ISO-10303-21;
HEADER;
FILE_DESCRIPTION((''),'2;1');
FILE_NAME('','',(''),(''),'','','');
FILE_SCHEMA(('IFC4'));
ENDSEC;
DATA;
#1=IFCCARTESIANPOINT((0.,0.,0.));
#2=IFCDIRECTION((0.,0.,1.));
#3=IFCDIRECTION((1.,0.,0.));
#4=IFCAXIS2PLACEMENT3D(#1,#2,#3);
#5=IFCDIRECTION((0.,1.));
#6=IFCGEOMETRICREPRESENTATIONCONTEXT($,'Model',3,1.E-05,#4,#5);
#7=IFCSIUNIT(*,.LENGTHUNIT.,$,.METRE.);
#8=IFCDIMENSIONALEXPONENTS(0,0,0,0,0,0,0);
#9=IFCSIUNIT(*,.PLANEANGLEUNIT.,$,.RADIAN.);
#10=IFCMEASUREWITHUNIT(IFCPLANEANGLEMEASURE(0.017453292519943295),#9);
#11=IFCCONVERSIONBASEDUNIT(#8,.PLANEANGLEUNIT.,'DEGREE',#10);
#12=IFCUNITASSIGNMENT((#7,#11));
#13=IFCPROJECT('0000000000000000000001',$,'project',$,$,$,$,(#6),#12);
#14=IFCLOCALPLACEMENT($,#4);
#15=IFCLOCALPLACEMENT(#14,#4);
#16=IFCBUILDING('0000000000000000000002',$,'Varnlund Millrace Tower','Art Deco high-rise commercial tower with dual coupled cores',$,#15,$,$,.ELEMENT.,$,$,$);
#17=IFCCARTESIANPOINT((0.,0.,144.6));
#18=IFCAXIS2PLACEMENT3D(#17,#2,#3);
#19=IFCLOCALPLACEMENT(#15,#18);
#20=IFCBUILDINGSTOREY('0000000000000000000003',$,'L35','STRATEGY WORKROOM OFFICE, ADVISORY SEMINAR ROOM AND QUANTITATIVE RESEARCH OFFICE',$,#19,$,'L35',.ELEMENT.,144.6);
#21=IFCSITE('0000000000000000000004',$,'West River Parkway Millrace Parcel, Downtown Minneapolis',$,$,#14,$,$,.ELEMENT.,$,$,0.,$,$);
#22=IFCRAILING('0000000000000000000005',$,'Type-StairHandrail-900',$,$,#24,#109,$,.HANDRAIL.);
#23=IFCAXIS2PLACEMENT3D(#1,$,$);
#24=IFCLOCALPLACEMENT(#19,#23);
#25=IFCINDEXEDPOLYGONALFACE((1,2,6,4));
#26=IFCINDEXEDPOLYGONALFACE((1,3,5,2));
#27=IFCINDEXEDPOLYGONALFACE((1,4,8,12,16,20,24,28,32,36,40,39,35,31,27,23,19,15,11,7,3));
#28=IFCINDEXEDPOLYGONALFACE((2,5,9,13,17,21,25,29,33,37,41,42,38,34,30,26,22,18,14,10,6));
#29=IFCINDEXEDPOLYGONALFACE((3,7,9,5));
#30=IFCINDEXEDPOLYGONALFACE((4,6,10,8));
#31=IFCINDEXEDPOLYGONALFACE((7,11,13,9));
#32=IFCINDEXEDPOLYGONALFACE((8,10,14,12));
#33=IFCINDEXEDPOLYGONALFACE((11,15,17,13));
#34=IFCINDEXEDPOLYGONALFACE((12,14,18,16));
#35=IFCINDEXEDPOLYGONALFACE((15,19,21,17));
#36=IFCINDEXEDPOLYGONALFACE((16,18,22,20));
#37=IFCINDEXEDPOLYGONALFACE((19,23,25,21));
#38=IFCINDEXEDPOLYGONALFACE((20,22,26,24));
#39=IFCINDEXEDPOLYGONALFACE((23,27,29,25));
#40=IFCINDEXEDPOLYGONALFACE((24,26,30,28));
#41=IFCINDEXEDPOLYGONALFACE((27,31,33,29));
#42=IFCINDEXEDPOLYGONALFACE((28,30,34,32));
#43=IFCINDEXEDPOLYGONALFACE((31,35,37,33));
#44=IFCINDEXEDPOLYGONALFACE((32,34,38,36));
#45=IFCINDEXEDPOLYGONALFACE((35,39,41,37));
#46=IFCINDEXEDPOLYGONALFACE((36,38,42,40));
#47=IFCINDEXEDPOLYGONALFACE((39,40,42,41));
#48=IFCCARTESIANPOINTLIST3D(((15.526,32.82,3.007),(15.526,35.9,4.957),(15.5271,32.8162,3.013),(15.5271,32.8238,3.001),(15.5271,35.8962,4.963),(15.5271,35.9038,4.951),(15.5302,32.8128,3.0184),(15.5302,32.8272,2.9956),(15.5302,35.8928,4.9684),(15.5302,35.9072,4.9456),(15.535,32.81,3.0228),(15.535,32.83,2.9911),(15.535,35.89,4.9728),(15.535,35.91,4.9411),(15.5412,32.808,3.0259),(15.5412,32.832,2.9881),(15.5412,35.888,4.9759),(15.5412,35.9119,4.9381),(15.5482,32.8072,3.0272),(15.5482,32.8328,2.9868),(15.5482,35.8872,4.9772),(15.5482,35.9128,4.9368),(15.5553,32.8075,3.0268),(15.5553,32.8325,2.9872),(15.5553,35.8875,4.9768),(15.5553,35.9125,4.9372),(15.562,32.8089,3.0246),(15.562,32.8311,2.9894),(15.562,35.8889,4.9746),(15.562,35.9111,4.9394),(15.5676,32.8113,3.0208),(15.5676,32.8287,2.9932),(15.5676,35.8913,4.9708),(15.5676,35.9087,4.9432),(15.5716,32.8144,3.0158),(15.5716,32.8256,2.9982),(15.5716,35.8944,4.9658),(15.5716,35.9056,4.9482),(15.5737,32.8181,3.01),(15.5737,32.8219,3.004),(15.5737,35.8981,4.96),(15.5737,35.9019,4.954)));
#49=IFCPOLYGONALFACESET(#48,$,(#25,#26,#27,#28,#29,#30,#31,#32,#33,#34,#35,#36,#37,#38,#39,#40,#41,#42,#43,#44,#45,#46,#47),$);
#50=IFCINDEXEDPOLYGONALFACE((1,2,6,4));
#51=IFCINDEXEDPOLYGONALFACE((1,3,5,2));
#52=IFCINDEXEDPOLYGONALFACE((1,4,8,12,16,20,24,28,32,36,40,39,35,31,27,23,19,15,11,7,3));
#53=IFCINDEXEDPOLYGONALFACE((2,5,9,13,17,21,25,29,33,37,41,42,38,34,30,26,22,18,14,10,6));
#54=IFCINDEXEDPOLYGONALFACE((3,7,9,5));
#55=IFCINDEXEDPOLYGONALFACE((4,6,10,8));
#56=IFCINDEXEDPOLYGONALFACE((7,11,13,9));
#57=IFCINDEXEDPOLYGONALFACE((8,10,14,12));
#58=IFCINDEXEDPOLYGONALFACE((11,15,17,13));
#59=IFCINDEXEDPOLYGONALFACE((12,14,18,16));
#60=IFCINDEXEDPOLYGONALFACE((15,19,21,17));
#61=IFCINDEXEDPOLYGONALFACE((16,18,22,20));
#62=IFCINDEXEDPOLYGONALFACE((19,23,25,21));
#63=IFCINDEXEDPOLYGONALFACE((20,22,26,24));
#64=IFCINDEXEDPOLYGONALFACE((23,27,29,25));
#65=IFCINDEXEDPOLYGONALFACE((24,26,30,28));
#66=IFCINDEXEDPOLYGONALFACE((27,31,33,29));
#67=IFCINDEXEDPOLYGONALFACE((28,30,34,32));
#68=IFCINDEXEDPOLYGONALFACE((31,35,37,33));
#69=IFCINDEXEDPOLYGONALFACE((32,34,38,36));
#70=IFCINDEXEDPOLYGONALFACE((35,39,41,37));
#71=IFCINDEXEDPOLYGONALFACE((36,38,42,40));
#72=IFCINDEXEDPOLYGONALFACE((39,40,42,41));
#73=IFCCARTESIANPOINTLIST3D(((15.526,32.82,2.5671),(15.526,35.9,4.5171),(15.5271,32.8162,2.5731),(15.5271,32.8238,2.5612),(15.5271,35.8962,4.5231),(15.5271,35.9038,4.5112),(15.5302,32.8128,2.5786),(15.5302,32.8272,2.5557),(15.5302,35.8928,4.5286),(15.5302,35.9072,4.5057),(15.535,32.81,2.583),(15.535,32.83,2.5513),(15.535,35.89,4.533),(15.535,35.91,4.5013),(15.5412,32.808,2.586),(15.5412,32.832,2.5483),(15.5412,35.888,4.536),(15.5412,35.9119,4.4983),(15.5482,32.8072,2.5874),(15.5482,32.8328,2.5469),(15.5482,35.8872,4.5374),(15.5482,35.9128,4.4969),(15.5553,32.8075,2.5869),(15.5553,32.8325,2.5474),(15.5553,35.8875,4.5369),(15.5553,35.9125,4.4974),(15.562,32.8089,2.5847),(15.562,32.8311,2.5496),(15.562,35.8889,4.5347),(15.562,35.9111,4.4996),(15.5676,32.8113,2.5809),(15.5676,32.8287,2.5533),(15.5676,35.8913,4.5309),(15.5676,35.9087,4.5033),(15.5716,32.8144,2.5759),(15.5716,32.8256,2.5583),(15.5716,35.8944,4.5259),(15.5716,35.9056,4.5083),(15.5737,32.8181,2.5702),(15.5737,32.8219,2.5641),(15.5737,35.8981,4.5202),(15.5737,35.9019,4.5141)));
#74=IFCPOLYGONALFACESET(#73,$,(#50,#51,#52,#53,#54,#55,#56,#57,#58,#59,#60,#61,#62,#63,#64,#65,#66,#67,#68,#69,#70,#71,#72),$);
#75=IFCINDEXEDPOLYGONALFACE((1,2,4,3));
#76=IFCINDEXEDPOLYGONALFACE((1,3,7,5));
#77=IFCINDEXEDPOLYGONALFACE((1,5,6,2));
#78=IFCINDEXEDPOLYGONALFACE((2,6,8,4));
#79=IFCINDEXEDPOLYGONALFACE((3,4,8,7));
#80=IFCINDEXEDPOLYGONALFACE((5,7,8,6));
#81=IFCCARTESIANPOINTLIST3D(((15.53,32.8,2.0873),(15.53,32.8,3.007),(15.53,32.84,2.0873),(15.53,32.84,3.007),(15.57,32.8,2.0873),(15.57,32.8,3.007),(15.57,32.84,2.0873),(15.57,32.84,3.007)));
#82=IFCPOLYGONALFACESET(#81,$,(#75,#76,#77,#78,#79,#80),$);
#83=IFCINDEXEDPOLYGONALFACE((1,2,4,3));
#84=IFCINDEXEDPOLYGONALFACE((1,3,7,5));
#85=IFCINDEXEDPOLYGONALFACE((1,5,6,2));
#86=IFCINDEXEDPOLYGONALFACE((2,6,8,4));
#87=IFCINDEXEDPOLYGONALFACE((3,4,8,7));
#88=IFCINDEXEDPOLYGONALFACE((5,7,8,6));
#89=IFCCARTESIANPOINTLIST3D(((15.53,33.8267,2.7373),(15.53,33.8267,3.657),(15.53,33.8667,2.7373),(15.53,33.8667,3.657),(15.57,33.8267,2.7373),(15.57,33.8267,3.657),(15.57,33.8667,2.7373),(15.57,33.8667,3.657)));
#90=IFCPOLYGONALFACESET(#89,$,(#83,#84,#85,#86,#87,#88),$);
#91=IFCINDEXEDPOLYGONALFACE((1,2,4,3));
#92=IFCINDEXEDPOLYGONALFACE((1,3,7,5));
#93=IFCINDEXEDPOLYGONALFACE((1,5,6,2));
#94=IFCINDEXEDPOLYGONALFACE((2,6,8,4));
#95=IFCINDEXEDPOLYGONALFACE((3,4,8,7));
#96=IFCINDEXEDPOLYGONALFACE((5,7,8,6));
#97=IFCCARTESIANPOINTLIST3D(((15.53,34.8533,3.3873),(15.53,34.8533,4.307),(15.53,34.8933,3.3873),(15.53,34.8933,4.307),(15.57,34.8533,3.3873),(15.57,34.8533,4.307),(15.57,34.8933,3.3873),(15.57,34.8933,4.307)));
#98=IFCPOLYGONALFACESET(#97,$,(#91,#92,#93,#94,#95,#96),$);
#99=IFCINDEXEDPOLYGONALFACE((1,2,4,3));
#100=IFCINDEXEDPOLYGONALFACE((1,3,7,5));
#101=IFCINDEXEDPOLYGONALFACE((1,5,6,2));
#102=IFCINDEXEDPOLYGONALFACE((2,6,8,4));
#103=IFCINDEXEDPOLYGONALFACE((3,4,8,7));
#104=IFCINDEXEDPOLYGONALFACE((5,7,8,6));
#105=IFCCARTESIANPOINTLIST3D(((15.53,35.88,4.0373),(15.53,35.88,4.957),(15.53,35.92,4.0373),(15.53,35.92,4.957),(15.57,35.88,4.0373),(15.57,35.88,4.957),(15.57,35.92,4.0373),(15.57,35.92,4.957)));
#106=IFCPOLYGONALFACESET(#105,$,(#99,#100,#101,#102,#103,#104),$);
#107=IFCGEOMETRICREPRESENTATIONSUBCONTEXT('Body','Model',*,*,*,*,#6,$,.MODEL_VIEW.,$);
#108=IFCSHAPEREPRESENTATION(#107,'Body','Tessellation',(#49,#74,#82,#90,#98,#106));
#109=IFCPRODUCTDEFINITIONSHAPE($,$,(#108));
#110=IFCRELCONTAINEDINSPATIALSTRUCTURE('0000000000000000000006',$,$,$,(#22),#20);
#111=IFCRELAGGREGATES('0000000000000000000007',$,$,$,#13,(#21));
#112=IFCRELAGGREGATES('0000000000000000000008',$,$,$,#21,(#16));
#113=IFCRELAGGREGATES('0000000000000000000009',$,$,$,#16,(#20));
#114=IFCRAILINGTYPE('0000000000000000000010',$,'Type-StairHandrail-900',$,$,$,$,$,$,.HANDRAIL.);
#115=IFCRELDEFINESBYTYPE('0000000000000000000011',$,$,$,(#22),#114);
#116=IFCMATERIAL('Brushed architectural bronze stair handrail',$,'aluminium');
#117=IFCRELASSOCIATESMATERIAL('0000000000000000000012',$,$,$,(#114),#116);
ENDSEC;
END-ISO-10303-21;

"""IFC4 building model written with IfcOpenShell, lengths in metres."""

from ifc_helpers import new_model, entity, si_unit, converted_unit, direction, frame, origin_with_axes, origin_2d_with_axis, place, context, subcontext, project, spatial, rectangle, circle, extrude, material, type_object, element, save


model = new_model("IFC4")

# Units and contexts
model_context = context("Model", 3, precision=1e-05, world=origin_with_axes(), true_north=direction((0.0, 1.0)))
body_context = subcontext(model_context, "Body", "Model", "MODEL_VIEW")
ifc_project = project(units=[si_unit("LENGTHUNIT", "METRE"), converted_unit("PLANEANGLEUNIT", "DEGREE", entity("IfcPlaneAngleMeasure", 0.017453292519943295), si_unit("PLANEANGLEUNIT", "RADIAN"), dimensions=[0, 0, 0, 0, 0, 0, 0])], contexts=[model_context])

# Site, building, storey
site_placement = place(None, origin_with_axes())
site = spatial("IfcSite", under=ifc_project, at=site_placement, Name="West River Parkway Millrace Parcel, Downtown Minneapolis", CompositionType="ELEMENT", RefElevation=0.0)
building_placement = place(site_placement, origin_with_axes())
building = spatial("IfcBuilding", under=site, at=building_placement, Name="Varnlund Millrace Tower", Description="Art Deco high-rise commercial tower with dual coupled cores", CompositionType="ELEMENT")
storey_placement = place(building_placement, frame((0.0, 0.0, 144.6), z_axis=(0.0, 0.0, 1.0), x_axis=(1.0, 0.0, 0.0)))
storey = spatial("IfcBuildingStorey", under=building, at=storey_placement, Name="L35", Description="STRATEGY WORKROOM OFFICE, ADVISORY SEMINAR ROOM AND QUANTITATIVE RESEARCH OFFICE", LongName="L35", CompositionType="ELEMENT", Elevation=144.6)

# Railing
ifc_material_1 = material(Name="Brushed architectural bronze stair handrail", Category="aluminium")
railing_type_1 = type_object("IfcRailingType", Name="Type-StairHandrail-900", PredefinedType="HANDRAIL", material=ifc_material_1)
railing_1_placement = place(storey_placement, frame((0.0, 0.0, -144.6), z_axis=(0.0, 0.0, 1.0), x_axis=(1.0, 0.0, 0.0)))
element("IfcRailing", 1, at=railing_1_placement, inside=storey, type_object=railing_type_1, Name="Type-StairHandrail-900", PredefinedType="HANDRAIL", context=body_context, shape_type="SweptSolid", body=[
    extrude(circle(Radius=0.024, at=origin_2d_with_axis()), frame((15.55, 32.82, 147.607), z_axis=(0.0, 0.844902, 0.534922), x_axis=(-1.0, 0.0, 0.0)), (0.0, 0.0, 1.0), 3.6454),
    extrude(circle(Radius=0.024, at=origin_2d_with_axis()), frame((15.55, 32.82, 147.1671), z_axis=(0.0, 0.844902, 0.534922), x_axis=(-1.0, 0.0, 0.0)), (0.0, 0.0, 1.0), 3.6454),
    extrude(rectangle(XDim=0.04, YDim=0.04, at=origin_2d_with_axis()), frame((15.55, 32.82, 146.6873), z_axis=(0.0, 0.0, 1.0), x_axis=(1.0, 0.0, 0.0)), (0.0, 0.0, 1.0), 0.9197),
    extrude(rectangle(XDim=0.04, YDim=0.04, at=origin_2d_with_axis()), frame((15.55, 33.8467, 147.3373), z_axis=(0.0, 0.0, 1.0), x_axis=(1.0, 0.0, 0.0)), (0.0, 0.0, 1.0), 0.9197),
    extrude(rectangle(XDim=0.04, YDim=0.04, at=origin_2d_with_axis()), frame((15.55, 34.8733, 147.9873), z_axis=(0.0, 0.0, 1.0), x_axis=(1.0, 0.0, 0.0)), (0.0, 0.0, 1.0), 0.9197),
    extrude(rectangle(XDim=0.04, YDim=0.04, at=origin_2d_with_axis()), frame((15.55, 35.9, 148.6373), z_axis=(0.0, 0.0, 1.0), x_axis=(1.0, 0.0, 0.0)), (0.0, 0.0, 1.0), 0.9197),
])

save(model, "model.ifc")
